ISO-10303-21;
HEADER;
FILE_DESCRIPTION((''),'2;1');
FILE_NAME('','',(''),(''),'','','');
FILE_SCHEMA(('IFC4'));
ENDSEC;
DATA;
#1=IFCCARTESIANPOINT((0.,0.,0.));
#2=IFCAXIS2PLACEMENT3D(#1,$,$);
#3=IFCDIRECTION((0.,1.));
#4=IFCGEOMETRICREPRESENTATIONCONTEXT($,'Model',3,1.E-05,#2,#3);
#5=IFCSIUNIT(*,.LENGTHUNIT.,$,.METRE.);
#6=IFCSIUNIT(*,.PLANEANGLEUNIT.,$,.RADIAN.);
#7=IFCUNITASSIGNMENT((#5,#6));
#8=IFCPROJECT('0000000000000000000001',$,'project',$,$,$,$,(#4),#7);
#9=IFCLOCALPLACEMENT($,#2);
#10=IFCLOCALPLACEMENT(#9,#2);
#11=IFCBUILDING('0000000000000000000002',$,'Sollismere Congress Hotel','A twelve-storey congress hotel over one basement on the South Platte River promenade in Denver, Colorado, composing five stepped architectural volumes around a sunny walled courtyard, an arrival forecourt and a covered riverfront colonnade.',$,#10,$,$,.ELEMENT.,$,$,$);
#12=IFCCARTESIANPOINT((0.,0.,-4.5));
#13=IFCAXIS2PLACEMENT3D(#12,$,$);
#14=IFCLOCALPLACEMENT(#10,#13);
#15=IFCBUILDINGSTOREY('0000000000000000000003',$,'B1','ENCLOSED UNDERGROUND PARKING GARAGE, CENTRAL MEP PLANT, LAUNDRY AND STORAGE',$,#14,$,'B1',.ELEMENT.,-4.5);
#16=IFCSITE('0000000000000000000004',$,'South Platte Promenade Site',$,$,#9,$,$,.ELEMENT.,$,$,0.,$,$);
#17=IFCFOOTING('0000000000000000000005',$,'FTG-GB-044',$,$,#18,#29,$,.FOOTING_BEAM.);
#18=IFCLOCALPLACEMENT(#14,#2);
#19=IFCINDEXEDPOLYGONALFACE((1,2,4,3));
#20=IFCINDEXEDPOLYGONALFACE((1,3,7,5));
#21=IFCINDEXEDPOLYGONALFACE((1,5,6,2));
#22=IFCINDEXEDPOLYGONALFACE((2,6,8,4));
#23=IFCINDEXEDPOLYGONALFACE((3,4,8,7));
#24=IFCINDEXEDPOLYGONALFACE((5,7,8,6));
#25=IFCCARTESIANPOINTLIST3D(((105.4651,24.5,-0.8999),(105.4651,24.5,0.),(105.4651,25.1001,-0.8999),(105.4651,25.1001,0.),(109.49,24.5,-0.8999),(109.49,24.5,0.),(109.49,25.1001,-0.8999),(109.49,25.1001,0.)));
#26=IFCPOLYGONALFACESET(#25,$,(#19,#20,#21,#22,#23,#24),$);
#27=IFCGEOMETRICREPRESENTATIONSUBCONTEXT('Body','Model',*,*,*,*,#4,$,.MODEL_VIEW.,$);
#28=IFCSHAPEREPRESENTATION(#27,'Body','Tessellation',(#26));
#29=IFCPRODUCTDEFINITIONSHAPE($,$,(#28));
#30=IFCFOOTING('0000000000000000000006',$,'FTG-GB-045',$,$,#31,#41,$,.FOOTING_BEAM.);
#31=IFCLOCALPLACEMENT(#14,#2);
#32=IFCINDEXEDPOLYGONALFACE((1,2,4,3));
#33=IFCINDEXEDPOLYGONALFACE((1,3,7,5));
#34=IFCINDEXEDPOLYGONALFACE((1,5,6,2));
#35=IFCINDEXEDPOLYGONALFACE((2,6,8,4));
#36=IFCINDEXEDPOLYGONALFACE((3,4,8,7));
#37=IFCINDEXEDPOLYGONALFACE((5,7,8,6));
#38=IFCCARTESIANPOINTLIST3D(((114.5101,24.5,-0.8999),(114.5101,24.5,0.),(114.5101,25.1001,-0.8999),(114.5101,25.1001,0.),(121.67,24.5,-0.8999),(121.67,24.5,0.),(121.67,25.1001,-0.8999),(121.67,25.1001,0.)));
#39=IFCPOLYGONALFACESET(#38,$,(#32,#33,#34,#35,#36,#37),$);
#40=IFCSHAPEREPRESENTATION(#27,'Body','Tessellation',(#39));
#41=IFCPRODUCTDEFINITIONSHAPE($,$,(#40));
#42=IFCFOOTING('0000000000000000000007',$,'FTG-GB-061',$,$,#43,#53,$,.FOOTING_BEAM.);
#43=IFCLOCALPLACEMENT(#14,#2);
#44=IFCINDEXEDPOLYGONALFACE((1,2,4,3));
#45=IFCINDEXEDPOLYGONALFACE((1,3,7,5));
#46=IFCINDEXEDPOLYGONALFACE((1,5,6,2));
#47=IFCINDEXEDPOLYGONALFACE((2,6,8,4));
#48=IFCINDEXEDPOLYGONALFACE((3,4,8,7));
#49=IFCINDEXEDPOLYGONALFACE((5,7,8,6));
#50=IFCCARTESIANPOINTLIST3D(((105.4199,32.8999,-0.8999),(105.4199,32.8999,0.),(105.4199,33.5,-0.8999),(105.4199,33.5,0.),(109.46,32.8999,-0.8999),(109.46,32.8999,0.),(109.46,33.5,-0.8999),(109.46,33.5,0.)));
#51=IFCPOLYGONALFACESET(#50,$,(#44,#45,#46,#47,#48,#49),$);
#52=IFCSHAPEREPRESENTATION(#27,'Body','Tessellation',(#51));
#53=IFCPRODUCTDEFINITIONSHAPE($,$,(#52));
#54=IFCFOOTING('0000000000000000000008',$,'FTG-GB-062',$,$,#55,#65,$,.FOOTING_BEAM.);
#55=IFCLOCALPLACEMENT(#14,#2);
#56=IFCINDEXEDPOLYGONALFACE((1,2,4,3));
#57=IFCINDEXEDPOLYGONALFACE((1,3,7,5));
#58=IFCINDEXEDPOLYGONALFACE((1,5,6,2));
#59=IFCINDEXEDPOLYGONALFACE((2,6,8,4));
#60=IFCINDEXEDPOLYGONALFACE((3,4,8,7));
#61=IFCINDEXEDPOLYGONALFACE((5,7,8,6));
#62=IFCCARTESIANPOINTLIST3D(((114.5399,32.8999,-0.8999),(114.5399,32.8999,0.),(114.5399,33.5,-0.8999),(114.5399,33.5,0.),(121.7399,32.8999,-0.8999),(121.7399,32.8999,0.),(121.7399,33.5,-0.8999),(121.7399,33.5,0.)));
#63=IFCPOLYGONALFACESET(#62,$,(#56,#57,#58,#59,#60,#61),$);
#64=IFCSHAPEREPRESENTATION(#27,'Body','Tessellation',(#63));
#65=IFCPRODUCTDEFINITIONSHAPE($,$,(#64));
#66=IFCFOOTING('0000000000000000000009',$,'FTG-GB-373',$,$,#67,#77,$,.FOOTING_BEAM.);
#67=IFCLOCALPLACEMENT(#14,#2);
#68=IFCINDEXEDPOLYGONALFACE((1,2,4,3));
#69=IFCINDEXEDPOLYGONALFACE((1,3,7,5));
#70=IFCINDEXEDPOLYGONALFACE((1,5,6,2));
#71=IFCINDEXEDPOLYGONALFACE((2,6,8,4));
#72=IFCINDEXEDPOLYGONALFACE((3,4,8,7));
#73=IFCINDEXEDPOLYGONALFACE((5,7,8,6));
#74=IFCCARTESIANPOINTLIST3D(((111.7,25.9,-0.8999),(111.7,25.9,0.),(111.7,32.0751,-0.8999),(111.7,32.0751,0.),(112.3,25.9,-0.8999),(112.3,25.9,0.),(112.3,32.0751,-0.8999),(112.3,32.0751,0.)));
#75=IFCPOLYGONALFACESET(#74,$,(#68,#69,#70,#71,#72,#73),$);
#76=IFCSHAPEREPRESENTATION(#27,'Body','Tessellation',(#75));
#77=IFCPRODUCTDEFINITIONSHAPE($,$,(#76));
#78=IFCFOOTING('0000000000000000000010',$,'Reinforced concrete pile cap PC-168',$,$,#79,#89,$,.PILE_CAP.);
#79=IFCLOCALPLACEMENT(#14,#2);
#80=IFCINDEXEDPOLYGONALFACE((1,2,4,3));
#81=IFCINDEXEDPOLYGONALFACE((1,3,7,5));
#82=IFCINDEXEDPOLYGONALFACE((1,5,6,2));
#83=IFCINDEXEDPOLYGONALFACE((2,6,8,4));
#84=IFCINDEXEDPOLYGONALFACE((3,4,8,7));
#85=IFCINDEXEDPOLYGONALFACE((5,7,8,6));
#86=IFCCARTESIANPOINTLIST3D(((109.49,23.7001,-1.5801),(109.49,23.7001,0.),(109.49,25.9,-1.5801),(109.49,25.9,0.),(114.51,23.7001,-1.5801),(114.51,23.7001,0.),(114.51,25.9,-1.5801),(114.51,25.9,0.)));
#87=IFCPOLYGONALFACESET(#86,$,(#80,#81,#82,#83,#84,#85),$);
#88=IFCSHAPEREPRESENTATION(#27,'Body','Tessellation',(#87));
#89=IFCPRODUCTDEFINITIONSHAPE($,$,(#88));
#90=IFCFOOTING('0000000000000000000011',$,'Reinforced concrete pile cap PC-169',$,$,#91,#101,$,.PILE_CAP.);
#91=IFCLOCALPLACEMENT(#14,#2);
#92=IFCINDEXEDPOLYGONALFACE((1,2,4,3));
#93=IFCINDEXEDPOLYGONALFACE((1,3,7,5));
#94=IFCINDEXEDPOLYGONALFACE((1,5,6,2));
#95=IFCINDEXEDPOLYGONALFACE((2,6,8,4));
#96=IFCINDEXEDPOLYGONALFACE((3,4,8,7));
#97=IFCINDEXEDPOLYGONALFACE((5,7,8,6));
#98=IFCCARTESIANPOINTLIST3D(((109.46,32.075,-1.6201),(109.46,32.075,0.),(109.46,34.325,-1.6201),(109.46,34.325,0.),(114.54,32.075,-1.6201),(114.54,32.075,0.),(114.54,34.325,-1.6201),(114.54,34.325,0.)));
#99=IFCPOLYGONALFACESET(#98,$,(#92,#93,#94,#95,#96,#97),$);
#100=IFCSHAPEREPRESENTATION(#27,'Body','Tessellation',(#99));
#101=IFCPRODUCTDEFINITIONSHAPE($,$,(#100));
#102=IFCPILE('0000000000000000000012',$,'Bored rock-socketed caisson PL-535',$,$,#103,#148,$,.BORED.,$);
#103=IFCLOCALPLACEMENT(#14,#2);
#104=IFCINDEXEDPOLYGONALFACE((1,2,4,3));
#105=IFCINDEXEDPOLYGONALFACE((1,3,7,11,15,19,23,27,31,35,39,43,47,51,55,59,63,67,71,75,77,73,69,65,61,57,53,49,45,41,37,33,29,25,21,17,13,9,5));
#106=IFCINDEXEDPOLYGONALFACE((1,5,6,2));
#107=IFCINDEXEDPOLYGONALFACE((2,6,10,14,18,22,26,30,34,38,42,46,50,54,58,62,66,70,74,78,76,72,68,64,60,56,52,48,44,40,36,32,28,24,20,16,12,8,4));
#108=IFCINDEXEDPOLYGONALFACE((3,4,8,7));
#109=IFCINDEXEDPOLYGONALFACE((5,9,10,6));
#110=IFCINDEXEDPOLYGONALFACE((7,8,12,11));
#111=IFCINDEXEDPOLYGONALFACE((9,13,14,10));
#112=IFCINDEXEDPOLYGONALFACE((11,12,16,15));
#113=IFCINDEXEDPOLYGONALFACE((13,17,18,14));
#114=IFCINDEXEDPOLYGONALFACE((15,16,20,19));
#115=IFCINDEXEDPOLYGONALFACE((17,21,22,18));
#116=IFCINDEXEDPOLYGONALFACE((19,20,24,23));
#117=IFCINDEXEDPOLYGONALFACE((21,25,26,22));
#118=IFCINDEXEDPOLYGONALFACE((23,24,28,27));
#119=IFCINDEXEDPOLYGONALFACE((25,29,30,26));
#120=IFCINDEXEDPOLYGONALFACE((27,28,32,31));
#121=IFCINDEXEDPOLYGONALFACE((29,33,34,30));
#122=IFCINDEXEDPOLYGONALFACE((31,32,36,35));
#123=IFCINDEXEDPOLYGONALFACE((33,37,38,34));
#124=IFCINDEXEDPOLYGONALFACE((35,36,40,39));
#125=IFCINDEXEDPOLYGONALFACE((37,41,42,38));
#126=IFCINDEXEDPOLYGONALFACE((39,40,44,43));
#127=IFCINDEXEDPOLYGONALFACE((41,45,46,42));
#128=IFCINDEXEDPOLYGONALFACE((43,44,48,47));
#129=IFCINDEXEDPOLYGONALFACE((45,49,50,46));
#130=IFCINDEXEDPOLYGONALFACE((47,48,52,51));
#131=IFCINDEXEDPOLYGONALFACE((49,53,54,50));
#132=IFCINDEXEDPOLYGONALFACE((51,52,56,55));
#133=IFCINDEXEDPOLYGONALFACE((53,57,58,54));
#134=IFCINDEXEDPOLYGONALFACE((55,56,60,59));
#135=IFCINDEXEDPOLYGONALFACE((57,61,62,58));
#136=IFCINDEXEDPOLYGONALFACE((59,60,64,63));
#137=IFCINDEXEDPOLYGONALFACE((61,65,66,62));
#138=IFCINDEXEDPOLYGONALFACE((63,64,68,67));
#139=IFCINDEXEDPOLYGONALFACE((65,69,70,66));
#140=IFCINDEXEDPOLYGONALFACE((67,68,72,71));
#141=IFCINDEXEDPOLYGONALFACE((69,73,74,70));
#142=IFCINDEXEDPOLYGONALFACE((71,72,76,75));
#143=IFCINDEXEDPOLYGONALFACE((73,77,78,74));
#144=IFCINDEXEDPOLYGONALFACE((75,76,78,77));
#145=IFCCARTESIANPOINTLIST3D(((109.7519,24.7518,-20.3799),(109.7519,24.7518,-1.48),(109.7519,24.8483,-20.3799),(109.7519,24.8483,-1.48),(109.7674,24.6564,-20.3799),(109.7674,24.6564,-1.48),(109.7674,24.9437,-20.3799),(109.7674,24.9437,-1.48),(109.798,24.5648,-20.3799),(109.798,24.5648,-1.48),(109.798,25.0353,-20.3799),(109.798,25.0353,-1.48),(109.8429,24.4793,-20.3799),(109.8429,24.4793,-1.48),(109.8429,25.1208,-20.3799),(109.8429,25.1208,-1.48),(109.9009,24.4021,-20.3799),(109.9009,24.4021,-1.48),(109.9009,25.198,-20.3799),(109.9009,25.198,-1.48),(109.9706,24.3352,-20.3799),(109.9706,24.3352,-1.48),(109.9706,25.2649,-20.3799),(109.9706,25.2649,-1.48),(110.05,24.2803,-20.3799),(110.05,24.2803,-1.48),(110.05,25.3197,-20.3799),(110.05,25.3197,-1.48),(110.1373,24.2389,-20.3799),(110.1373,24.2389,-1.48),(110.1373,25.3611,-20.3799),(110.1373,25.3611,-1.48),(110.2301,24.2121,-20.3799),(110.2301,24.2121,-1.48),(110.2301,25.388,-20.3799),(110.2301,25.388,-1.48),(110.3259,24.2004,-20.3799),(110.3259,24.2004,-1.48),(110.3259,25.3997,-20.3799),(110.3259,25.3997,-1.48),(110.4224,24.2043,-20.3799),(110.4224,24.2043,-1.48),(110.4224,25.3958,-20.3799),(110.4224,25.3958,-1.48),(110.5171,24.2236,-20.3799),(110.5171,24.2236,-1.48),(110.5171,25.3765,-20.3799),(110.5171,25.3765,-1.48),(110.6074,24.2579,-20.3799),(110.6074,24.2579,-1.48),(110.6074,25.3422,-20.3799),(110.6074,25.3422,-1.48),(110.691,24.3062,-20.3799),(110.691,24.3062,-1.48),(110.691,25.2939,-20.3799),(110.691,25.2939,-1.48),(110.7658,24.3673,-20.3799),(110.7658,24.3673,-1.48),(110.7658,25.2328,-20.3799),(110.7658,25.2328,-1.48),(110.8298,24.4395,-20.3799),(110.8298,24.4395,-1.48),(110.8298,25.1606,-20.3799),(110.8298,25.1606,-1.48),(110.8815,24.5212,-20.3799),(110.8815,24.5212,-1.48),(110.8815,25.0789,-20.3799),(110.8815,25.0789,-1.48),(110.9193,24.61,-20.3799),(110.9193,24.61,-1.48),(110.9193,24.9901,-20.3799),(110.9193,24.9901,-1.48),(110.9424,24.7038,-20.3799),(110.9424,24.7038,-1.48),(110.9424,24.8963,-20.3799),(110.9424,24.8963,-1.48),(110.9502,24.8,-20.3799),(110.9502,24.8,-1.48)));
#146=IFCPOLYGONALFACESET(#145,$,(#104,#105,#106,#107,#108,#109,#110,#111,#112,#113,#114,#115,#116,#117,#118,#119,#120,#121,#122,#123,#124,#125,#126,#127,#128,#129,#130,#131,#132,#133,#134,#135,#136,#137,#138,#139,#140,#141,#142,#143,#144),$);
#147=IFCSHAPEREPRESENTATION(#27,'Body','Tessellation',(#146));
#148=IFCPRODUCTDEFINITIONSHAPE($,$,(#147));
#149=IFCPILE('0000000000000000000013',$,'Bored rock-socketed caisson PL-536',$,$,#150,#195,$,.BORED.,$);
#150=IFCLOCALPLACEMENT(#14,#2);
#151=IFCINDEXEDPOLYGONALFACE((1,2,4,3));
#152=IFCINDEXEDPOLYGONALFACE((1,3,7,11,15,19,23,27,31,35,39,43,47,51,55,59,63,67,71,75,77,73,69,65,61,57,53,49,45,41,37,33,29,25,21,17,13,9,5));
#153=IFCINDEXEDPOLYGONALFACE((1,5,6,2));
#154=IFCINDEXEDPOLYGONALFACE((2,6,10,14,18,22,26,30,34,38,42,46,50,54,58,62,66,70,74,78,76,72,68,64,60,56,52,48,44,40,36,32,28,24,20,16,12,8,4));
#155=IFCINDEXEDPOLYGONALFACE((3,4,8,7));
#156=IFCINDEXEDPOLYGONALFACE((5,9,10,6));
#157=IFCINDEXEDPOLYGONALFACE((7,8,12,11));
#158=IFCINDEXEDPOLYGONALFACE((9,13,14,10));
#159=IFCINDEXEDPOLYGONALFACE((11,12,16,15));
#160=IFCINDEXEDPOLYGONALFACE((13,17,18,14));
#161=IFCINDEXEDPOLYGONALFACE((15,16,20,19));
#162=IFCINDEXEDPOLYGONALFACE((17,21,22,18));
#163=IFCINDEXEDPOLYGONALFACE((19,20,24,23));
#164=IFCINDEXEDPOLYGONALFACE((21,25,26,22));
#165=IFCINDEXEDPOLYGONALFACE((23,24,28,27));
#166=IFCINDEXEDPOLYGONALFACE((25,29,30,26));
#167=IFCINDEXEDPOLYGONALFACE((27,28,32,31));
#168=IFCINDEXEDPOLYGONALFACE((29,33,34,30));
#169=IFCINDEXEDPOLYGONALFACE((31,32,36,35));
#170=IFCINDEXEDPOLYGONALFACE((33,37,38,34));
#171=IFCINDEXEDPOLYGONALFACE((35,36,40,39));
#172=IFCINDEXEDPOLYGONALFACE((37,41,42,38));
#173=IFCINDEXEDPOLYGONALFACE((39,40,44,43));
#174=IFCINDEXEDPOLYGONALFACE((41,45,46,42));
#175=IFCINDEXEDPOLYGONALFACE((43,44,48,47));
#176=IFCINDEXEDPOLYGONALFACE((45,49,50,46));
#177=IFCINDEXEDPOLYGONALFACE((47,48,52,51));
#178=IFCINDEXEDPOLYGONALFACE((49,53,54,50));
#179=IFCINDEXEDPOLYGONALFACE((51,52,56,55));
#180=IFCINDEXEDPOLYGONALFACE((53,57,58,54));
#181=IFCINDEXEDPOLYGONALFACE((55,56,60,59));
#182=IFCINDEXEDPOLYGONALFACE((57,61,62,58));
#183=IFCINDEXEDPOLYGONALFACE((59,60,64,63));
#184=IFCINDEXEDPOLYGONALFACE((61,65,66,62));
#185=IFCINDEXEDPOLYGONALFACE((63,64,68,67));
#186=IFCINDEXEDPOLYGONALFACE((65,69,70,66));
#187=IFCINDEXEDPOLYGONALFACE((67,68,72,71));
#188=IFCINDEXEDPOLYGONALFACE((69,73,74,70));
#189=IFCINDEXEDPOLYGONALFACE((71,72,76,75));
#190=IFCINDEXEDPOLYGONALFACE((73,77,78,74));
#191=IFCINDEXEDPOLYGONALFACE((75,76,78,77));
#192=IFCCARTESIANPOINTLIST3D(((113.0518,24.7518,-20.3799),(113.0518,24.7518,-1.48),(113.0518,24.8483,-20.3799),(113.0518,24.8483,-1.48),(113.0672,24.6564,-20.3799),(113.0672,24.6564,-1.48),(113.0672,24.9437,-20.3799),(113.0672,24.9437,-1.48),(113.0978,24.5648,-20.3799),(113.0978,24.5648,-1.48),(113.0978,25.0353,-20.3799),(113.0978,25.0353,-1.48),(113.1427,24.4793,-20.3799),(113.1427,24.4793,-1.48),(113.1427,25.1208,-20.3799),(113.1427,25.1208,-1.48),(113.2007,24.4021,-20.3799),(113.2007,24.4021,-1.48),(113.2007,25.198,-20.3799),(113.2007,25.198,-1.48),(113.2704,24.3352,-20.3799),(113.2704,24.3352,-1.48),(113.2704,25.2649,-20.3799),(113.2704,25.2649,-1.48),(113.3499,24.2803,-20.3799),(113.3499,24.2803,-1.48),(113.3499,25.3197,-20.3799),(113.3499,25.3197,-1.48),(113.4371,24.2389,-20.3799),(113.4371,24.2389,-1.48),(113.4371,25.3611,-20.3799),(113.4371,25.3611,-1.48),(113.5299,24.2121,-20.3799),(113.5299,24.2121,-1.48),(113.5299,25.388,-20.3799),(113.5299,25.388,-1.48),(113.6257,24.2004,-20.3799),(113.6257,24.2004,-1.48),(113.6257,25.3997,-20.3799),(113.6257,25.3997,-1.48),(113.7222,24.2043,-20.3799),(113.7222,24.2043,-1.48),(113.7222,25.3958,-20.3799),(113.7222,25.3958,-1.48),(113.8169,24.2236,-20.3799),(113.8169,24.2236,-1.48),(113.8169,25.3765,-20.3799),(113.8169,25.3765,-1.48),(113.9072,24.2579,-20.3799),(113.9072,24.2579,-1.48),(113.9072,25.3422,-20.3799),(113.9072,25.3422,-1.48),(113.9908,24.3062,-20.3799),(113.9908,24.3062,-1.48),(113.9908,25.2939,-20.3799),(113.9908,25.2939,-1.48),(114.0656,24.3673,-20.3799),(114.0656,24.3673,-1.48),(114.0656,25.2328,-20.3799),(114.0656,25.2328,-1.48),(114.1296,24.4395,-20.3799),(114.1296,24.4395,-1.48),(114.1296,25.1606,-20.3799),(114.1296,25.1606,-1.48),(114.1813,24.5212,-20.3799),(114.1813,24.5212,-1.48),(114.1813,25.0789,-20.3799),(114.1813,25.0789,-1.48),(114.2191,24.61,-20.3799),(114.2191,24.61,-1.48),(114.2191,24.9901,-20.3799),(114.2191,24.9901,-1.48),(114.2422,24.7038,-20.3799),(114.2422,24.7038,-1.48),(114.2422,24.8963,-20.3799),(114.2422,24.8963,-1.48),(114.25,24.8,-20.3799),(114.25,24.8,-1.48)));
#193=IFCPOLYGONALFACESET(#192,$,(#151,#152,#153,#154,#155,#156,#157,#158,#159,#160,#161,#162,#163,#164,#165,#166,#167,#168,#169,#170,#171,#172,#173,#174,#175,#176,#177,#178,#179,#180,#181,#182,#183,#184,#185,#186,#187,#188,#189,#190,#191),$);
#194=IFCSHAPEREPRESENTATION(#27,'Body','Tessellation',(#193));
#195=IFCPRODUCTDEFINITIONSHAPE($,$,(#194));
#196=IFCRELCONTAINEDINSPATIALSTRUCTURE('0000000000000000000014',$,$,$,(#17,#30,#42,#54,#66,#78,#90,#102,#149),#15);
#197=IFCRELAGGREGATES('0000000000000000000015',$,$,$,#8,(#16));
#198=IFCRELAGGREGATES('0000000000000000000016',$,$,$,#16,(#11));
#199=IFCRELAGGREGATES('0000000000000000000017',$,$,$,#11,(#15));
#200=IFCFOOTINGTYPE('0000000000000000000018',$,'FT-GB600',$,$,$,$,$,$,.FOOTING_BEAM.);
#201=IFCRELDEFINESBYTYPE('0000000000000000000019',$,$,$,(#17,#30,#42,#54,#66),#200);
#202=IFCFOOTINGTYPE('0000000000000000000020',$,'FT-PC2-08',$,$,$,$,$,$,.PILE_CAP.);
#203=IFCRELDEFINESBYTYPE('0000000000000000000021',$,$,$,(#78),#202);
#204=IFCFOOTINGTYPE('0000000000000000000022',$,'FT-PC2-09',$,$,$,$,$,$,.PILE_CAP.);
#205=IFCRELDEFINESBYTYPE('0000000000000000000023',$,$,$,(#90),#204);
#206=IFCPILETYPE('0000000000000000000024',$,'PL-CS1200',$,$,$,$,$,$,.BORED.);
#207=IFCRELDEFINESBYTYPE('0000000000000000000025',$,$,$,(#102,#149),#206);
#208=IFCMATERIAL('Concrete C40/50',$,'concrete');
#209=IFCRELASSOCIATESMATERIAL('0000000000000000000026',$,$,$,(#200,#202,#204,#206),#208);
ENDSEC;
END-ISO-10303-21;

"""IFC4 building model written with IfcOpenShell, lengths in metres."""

from ifc_helpers import new_model, si_unit, direction, frame, origin, origin_2d, place, context, subcontext, project, spatial, rectangle, circle, extrude, material, material_profile, profile_set, type_object, element, save


model = new_model("IFC4")

# Units and contexts
model_context = context("Model", 3, precision=1e-05, world=origin(), true_north=direction((0.0, 1.0)))
body_context = subcontext(model_context, "Body", "Model", "MODEL_VIEW")
ifc_project = project(units=[si_unit("LENGTHUNIT", "METRE"), si_unit("PLANEANGLEUNIT", "RADIAN")], contexts=[model_context])

# Site, building, storey
site_placement = place(None, origin())
site = spatial("IfcSite", under=ifc_project, at=site_placement, Name="South Platte Promenade Site", CompositionType="ELEMENT", RefElevation=0.0)
building_placement = place(site_placement, origin())
building = spatial("IfcBuilding", under=site, at=building_placement, Name="Sollismere Congress Hotel", Description="A twelve-storey congress hotel over one basement on the South Platte River promenade in Denver, Colorado, composing five stepped architectural volumes around a sunny walled courtyard, an arrival forecourt and a covered riverfront colonnade.", CompositionType="ELEMENT")
storey_placement = place(building_placement, frame((0.0, 0.0, -4.5)))
storey = spatial("IfcBuildingStorey", under=building, at=storey_placement, Name="B1", Description="ENCLOSED UNDERGROUND PARKING GARAGE, CENTRAL MEP PLANT, LAUNDRY AND STORAGE", LongName="B1", CompositionType="ELEMENT", Elevation=-4.5)

# Footings
ifc_material_1 = material(Name="Concrete C40/50", Category="concrete")
footing_type_1 = type_object("IfcFootingType", Name="FT-GB600", PredefinedType="FOOTING_BEAM", material=ifc_material_1)
footing_1_placement = place(storey_placement, frame((107.4775, 24.8, -0.8999), z_axis=(0.0, 0.0, 1.0), x_axis=(1.0, 0.0, 0.0)))
element("IfcFooting", 1, at=footing_1_placement, inside=storey, type_object=footing_type_1, Name="FTG-GB-044", PredefinedType="FOOTING_BEAM", context=body_context, shape_type="SweptSolid", body=[
    extrude(rectangle(XDim=4.0249, YDim=0.6001, at=origin_2d()), origin(), (0.0, 0.0, 1.0), 0.8999),
])
footing_2_placement = place(storey_placement, frame((118.0901, 24.8, -0.8999), z_axis=(0.0, 0.0, 1.0), x_axis=(1.0, 0.0, 0.0)))
element("IfcFooting", 2, at=footing_2_placement, inside=storey, type_object=footing_type_1, Name="FTG-GB-045", PredefinedType="FOOTING_BEAM", context=body_context, shape_type="SweptSolid", body=[
    extrude(rectangle(XDim=7.1599, YDim=0.6001, at=origin_2d()), origin(), (0.0, 0.0, 1.0), 0.8999),
])
footing_3_placement = place(storey_placement, frame((107.4399, 33.2, -0.8999), z_axis=(0.0, 0.0, 1.0), x_axis=(1.0, 0.0, 0.0)))
element("IfcFooting", 3, at=footing_3_placement, inside=storey, type_object=footing_type_1, Name="FTG-GB-061", PredefinedType="FOOTING_BEAM", context=body_context, shape_type="SweptSolid", body=[
    extrude(rectangle(XDim=4.04, YDim=0.6001, at=origin_2d()), origin(), (0.0, 0.0, 1.0), 0.8999),
])
footing_4_placement = place(storey_placement, frame((118.1399, 33.2, -0.8999), z_axis=(0.0, 0.0, 1.0), x_axis=(1.0, 0.0, 0.0)))
element("IfcFooting", 4, at=footing_4_placement, inside=storey, type_object=footing_type_1, Name="FTG-GB-062", PredefinedType="FOOTING_BEAM", context=body_context, shape_type="SweptSolid", body=[
    extrude(rectangle(XDim=7.2, YDim=0.6001, at=origin_2d()), origin(), (0.0, 0.0, 1.0), 0.8999),
])
footing_5_placement = place(storey_placement, frame((112.0, 28.9875, -0.8999), z_axis=(0.0, 0.0, 1.0), x_axis=(0.0, 1.0, 0.0)))
element("IfcFooting", 5, at=footing_5_placement, inside=storey, type_object=footing_type_1, Name="FTG-GB-373", PredefinedType="FOOTING_BEAM", context=body_context, shape_type="SweptSolid", body=[
    extrude(rectangle(XDim=6.175, YDim=0.6001, at=origin_2d()), origin(), (0.0, 0.0, 1.0), 0.8999),
])
footing_type_2 = type_object("IfcFootingType", Name="FT-PC2-08", PredefinedType="PILE_CAP", material=ifc_material_1)
footing_6_placement = place(storey_placement, frame((112.0, 24.8, -1.5801), z_axis=(0.0, 0.0, 1.0), x_axis=(1.0, 0.0, 0.0)))
element("IfcFooting", 6, at=footing_6_placement, inside=storey, type_object=footing_type_2, Name="Reinforced concrete pile cap PC-168", PredefinedType="PILE_CAP", context=body_context, shape_type="SweptSolid", body=[
    extrude(rectangle(XDim=5.02, YDim=2.2, at=origin_2d()), origin(), (0.0, 0.0, 1.0), 1.5801),
])
footing_type_3 = type_object("IfcFootingType", Name="FT-PC2-09", PredefinedType="PILE_CAP", material=ifc_material_1)
footing_7_placement = place(storey_placement, frame((112.0, 33.2, -1.6201), z_axis=(0.0, 0.0, 1.0), x_axis=(1.0, 0.0, 0.0)))
element("IfcFooting", 7, at=footing_7_placement, inside=storey, type_object=footing_type_3, Name="Reinforced concrete pile cap PC-169", PredefinedType="PILE_CAP", context=body_context, shape_type="SweptSolid", body=[
    extrude(rectangle(XDim=5.0801, YDim=2.25, at=origin_2d()), origin(), (0.0, 0.0, 1.0), 1.6201),
])

# Piles
ifc_material_profile_1 = material_profile(ifc_material_1, circle(Radius=0.6001, at=origin_2d()), Name="CAISSON1200")
ifc_profile_set_1 = profile_set([ifc_material_profile_1], Name="Concrete C40/50")
pile_type = type_object("IfcPileType", Name="PL-CS1200", PredefinedType="BORED", material=ifc_profile_set_1)
for number, where, z_axis, x_axis, name in (
    (8, (110.3501, 24.8, -1.48), (0.0, 0.0, -1.0), (1.0, 0.0, 0.0), "Bored rock-socketed caisson PL-535"),
    (9, (113.6499, 24.8, -1.48), (0.0, 0.0, -1.0), (1.0, 0.0, 0.0), "Bored rock-socketed caisson PL-536"),
):
    element("IfcPile", number, at=place(storey_placement, frame(where, z_axis=z_axis, x_axis=x_axis)), inside=storey, type_object=pile_type, Name=name, PredefinedType="BORED", context=body_context, shape_type="SweptSolid", body=[
        extrude(circle(Radius=0.6001, at=origin_2d()), origin(), (0.0, 0.0, 1.0), 18.8999),
    ])

save(model, "model.ifc")
